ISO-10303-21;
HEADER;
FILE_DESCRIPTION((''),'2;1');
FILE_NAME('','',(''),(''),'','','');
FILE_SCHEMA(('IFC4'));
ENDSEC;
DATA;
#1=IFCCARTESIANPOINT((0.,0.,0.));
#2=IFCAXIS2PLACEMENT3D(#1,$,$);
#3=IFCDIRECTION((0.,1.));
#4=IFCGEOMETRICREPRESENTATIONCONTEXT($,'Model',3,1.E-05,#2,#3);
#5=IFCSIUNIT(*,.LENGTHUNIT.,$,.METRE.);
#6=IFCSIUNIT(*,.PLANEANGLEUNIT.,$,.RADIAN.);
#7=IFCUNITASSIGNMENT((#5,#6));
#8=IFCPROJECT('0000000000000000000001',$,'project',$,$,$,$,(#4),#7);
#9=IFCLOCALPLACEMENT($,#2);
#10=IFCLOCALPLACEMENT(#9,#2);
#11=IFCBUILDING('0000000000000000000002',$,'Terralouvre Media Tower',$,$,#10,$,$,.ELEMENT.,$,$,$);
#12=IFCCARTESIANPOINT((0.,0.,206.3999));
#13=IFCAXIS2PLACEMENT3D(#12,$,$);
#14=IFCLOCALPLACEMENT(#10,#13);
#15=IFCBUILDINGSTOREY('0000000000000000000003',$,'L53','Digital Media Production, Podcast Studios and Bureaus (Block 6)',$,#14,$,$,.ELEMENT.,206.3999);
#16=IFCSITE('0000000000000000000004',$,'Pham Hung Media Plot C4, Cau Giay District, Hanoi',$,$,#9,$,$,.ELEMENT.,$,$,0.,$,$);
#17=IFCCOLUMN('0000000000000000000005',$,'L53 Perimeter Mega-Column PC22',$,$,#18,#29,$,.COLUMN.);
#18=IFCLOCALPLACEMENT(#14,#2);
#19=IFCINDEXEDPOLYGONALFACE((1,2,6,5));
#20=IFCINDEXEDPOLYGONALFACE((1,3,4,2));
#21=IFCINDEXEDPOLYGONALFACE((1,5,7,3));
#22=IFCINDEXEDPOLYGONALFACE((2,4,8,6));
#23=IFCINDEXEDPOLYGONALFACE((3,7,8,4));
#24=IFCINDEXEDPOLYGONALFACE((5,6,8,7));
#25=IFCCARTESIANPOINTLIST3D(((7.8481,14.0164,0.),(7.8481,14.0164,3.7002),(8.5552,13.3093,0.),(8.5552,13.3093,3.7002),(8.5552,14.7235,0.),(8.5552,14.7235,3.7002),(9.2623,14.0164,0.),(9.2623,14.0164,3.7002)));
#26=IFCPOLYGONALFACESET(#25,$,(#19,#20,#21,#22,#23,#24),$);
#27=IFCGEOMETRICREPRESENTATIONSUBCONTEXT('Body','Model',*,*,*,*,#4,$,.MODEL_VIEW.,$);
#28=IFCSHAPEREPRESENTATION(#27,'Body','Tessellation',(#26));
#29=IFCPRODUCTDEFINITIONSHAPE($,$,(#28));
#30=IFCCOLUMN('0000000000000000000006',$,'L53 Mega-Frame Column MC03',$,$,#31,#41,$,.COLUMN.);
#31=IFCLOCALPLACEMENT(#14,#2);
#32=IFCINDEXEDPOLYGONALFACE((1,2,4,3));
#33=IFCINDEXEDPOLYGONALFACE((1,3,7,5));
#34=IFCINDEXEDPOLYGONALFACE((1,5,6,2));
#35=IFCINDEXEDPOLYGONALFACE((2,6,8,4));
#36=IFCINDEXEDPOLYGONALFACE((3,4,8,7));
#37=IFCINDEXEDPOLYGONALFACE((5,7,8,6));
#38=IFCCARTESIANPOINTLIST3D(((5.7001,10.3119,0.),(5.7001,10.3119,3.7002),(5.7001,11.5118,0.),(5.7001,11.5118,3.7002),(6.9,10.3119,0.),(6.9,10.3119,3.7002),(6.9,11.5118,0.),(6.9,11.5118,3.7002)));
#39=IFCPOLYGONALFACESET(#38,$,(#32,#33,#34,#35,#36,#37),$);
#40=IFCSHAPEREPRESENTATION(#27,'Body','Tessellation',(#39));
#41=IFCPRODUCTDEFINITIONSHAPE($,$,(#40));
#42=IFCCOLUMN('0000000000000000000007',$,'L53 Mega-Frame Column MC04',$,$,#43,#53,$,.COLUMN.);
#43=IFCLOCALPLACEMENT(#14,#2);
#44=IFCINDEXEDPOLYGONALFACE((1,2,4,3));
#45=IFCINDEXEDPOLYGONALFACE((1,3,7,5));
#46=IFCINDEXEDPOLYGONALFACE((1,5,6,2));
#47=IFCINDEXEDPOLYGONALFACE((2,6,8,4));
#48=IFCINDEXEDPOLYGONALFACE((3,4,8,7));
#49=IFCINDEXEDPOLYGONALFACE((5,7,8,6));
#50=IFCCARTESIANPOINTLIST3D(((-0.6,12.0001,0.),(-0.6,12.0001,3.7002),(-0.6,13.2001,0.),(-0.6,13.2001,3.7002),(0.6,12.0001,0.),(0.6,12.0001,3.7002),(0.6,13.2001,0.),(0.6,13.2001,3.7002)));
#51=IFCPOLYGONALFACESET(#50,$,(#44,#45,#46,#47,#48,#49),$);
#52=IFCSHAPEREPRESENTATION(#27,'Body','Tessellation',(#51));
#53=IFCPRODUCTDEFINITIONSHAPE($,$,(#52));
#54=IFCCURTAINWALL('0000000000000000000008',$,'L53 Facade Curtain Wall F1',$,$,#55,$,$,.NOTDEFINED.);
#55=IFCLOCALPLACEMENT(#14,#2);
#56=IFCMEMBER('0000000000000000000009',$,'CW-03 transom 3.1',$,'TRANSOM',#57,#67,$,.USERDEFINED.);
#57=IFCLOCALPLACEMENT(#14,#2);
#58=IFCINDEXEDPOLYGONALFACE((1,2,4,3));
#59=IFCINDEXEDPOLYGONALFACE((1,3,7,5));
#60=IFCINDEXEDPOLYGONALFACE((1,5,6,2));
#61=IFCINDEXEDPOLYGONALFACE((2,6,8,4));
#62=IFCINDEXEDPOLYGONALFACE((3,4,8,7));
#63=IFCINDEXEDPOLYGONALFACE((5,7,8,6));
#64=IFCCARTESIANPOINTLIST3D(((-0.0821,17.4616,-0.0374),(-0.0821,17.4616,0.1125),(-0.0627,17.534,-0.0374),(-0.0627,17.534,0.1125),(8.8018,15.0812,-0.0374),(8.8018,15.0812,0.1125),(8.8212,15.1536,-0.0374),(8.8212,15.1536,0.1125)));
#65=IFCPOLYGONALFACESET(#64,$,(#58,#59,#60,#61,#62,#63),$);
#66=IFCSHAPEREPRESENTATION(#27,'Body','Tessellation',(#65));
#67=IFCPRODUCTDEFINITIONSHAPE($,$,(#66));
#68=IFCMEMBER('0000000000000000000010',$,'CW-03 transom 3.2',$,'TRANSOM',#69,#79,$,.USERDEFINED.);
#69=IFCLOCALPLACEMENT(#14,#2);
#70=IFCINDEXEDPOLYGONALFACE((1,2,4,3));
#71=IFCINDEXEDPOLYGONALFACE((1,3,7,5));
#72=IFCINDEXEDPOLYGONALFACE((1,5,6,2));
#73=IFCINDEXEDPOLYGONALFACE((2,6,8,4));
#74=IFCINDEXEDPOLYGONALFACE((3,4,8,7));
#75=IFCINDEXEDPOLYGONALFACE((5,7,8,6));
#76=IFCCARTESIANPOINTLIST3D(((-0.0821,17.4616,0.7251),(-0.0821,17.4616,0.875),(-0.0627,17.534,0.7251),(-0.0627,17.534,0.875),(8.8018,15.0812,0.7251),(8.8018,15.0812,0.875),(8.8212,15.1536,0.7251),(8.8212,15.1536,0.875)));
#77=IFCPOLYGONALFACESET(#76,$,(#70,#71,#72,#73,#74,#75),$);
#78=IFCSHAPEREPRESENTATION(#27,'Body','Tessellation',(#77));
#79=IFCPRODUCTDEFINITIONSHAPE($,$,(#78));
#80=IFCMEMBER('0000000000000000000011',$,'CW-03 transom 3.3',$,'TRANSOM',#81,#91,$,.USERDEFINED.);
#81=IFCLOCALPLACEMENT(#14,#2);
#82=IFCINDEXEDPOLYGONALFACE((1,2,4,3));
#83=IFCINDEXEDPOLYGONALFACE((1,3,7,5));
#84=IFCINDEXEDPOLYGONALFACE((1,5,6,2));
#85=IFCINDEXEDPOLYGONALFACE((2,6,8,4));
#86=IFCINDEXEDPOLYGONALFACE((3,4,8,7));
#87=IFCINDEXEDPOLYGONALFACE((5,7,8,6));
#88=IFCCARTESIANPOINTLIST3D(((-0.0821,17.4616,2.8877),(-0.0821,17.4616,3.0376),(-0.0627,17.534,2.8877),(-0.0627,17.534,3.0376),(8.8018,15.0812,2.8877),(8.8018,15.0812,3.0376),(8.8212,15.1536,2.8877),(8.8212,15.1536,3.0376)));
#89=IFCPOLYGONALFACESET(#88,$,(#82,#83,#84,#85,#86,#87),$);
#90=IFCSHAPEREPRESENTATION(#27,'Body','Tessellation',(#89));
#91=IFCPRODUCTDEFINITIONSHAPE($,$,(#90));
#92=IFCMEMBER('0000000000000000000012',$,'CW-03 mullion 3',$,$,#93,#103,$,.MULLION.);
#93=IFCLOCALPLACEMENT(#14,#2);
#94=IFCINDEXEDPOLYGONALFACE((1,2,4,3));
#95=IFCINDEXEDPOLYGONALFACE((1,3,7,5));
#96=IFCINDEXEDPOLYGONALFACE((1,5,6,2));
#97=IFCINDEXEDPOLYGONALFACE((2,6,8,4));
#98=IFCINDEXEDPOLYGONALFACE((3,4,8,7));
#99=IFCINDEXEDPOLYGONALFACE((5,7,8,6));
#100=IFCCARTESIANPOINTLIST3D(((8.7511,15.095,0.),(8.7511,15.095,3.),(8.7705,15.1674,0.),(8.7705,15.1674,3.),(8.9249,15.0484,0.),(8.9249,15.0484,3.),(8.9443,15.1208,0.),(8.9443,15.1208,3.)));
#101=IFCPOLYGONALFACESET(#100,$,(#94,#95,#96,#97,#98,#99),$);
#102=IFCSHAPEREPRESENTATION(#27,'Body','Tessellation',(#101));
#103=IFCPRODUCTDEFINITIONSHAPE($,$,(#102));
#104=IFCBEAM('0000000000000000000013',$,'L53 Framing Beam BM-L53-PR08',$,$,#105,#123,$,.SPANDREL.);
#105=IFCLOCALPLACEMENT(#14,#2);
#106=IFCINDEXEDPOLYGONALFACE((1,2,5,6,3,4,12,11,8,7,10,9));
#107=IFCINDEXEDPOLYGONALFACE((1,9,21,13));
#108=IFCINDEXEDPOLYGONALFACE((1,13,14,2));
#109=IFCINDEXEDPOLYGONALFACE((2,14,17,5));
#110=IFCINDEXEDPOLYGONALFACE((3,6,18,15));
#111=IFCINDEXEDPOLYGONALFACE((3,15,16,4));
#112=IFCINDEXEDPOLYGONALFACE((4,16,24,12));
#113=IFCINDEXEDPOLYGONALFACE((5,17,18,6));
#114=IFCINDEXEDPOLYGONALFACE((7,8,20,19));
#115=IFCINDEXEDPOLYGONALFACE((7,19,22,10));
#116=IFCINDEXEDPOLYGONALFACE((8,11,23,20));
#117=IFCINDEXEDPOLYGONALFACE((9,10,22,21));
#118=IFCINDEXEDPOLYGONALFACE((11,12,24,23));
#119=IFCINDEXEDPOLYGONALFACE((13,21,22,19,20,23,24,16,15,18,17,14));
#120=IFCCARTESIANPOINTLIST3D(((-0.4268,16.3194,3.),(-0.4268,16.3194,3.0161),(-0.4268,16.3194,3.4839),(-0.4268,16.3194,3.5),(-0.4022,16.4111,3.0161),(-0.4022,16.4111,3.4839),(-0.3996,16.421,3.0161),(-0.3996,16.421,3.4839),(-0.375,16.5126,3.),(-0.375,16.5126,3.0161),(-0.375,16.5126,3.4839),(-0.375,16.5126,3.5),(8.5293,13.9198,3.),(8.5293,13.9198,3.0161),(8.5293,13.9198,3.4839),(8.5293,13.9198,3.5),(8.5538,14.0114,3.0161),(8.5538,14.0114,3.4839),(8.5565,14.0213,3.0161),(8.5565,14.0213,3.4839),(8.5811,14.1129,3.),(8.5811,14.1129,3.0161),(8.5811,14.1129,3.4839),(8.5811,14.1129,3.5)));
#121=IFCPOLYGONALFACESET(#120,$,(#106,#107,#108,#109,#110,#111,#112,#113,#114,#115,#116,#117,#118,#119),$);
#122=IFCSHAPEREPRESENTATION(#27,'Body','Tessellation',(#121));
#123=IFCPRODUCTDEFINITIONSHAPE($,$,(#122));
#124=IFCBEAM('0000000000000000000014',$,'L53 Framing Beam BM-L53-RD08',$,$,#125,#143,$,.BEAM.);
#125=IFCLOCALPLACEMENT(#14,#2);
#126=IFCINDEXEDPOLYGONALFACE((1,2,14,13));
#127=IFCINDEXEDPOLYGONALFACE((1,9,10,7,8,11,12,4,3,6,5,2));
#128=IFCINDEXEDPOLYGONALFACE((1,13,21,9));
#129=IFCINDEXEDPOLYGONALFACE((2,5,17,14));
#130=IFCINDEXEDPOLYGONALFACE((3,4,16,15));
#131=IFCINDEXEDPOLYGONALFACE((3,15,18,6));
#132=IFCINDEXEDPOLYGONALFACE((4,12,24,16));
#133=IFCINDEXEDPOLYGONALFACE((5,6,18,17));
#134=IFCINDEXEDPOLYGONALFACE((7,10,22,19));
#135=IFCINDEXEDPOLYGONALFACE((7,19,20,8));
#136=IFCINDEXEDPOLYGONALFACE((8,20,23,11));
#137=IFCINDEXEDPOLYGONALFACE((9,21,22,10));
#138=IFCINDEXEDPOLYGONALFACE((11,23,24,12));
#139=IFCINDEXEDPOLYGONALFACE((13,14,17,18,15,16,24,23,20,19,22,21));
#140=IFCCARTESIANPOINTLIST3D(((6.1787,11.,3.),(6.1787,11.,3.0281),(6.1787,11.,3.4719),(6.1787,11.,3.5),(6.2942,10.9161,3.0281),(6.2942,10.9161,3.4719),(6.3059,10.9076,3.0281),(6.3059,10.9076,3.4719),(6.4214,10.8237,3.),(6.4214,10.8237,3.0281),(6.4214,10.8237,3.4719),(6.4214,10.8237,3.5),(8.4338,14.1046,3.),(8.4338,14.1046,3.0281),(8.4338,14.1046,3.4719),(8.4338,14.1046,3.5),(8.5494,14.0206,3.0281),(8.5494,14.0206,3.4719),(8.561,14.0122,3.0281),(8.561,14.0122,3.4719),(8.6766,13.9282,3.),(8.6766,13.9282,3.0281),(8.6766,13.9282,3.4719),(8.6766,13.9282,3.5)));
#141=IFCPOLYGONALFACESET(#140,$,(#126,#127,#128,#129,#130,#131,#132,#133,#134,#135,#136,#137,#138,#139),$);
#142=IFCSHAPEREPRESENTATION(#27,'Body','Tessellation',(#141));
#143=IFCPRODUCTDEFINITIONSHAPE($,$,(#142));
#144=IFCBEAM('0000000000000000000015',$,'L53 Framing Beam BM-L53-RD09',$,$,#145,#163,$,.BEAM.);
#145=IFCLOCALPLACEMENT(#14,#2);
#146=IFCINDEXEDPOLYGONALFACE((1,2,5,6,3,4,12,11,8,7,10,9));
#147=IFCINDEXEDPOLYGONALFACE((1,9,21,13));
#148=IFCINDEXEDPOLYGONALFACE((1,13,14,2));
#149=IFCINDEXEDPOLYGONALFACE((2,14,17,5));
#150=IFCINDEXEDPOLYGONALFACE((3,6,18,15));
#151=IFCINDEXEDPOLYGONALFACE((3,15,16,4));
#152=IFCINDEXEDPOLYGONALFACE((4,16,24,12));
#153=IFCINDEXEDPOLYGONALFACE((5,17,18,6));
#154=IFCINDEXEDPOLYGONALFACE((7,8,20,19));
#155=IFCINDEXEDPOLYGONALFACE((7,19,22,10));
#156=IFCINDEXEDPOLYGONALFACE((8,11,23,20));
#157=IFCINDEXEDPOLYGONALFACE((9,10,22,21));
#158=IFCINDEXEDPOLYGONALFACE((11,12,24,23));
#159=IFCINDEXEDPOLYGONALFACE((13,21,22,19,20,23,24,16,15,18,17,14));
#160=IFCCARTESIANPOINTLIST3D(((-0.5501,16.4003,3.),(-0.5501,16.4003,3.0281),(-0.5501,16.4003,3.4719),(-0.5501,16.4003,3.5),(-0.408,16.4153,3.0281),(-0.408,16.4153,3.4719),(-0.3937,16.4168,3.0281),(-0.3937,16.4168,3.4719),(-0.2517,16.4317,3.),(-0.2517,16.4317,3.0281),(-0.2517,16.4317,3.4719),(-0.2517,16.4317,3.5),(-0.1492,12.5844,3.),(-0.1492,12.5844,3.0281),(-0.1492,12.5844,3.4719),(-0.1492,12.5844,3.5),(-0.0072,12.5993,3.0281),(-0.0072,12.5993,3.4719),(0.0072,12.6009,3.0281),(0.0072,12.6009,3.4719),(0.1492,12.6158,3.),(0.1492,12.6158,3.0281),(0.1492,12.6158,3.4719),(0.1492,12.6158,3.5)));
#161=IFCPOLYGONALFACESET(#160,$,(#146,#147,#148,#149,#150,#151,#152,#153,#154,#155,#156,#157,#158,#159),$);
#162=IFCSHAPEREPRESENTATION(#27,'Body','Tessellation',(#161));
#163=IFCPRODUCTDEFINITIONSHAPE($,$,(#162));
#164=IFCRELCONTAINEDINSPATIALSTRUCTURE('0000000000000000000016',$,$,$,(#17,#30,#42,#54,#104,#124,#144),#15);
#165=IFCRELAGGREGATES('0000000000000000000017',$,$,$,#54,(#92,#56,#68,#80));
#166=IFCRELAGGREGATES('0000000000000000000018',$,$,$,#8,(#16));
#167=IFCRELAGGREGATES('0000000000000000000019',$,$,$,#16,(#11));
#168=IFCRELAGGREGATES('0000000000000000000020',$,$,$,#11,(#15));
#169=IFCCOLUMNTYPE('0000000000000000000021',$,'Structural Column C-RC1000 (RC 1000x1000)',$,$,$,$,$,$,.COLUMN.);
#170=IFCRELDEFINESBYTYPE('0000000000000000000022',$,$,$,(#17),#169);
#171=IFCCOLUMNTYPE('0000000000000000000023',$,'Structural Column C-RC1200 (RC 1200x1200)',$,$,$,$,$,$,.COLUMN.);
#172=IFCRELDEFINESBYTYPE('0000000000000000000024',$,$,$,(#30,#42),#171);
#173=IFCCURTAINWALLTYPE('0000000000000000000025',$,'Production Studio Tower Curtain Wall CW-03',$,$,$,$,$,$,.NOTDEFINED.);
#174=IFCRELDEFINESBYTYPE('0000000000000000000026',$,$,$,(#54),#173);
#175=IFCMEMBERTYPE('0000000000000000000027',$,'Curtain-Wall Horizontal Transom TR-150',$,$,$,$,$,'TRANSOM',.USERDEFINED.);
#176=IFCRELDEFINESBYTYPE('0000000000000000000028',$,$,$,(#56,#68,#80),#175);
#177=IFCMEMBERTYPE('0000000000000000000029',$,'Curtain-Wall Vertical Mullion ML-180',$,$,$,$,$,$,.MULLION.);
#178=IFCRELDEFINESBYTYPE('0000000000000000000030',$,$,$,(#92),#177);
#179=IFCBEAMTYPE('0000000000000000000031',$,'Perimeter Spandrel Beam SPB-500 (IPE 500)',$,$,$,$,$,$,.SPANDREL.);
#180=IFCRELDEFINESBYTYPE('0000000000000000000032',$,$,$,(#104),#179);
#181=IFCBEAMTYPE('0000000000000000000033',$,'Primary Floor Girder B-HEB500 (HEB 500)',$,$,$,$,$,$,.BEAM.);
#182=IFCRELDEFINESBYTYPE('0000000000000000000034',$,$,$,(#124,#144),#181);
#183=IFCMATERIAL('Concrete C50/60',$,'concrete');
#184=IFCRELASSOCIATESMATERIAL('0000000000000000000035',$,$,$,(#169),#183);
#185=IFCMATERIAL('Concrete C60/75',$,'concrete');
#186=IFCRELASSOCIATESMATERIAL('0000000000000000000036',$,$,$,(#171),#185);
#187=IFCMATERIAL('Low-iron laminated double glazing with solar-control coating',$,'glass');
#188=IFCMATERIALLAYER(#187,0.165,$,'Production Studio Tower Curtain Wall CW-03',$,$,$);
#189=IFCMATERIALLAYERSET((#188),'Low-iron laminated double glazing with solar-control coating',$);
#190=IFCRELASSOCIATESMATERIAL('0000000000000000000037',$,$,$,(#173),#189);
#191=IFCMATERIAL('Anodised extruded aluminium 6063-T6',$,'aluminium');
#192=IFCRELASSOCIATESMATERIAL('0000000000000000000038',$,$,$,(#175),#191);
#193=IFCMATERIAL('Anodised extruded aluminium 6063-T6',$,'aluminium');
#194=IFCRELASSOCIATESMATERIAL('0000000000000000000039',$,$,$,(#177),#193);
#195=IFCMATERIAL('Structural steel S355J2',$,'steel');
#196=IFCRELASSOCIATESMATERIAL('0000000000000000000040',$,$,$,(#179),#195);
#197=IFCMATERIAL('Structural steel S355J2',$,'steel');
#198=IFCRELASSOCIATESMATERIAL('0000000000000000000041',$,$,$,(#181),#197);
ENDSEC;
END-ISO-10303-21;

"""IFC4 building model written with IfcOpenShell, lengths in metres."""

from ifc_helpers import new_model, si_unit, direction, frame, origin, origin_2d, place, context, subcontext, project, spatial, rectangle, i_section, extrude, material, layer, layer_set, material_profile, profile_set, type_object, element, aggregate, save


model = new_model("IFC4")

# Units and contexts
model_context = context("Model", 3, precision=1e-05, world=origin(), true_north=direction((0.0, 1.0)))
body_context = subcontext(model_context, "Body", "Model", "MODEL_VIEW")
ifc_project = project(units=[si_unit("LENGTHUNIT", "METRE"), si_unit("PLANEANGLEUNIT", "RADIAN")], contexts=[model_context])

# Site, building, storey
site_placement = place(None, origin())
site = spatial("IfcSite", under=ifc_project, at=site_placement, Name="Pham Hung Media Plot C4, Cau Giay District, Hanoi", CompositionType="ELEMENT", RefElevation=0.0)
building_placement = place(site_placement, origin())
building = spatial("IfcBuilding", under=site, at=building_placement, Name="Terralouvre Media Tower", CompositionType="ELEMENT")
storey_placement = place(building_placement, frame((0.0, 0.0, 206.3999)))
storey = spatial("IfcBuildingStorey", under=building, at=storey_placement, Name="L53", Description="Digital Media Production, Podcast Studios and Bureaus (Block 6)", CompositionType="ELEMENT", Elevation=206.3999)

# Columns
ifc_material_1 = material(Name="Concrete C50/60", Category="concrete")
ifc_material_profile_1 = material_profile(ifc_material_1, rectangle(XDim=1.0, YDim=1.0, at=origin_2d()), Name="RC 1000x1000")
ifc_profile_set_1 = profile_set([ifc_material_profile_1], Name="Concrete C50/60")
column_type_1 = type_object("IfcColumnType", Name="Structural Column C-RC1000 (RC 1000x1000)", PredefinedType="COLUMN", material=ifc_profile_set_1)
column_placement = place(storey_placement, frame((8.5552, 14.0164, 0.0), z_axis=(0.0, 0.0, 1.0), x_axis=(0.707107, 0.707107, 0.0)))
element("IfcColumn", 1, at=column_placement, inside=storey, type_object=column_type_1, Name="L53 Perimeter Mega-Column PC22", PredefinedType="COLUMN", context=body_context, shape_type="SweptSolid", body=[
    extrude(rectangle(XDim=1.0, YDim=1.0, at=origin_2d()), origin(), (0.0, 0.0, 1.0), 3.7002),
])
ifc_material_2 = material(Name="Concrete C60/75", Category="concrete")
ifc_material_profile_2 = material_profile(ifc_material_2, rectangle(XDim=1.2, YDim=1.2, at=origin_2d()), Name="RC 1200x1200")
ifc_profile_set_2 = profile_set([ifc_material_profile_2], Name="Concrete C60/75")
column_type_2 = type_object("IfcColumnType", Name="Structural Column C-RC1200 (RC 1200x1200)", PredefinedType="COLUMN", material=ifc_profile_set_2)
for number, where, z_axis, x_axis, name in (
    (2, (6.3, 10.9119, 0.0), (0.0, 0.0, 1.0), (1.0, 0.0, 0.0), "L53 Mega-Frame Column MC03"),
    (3, (0.0, 12.6001, 0.0), (0.0, 0.0, 1.0), (1.0, 0.0, 0.0), "L53 Mega-Frame Column MC04"),
):
    element("IfcColumn", number, at=place(storey_placement, frame(where, z_axis=z_axis, x_axis=x_axis)), inside=storey, type_object=column_type_2, Name=name, PredefinedType="COLUMN", context=body_context, shape_type="SweptSolid", body=[
        extrude(rectangle(XDim=1.2, YDim=1.2, at=origin_2d()), origin(), (0.0, 0.0, 1.0), 3.7002),
    ])

# Curtain wall, members
ifc_material_3 = material(Name="Low-iron laminated double glazing with solar-control coating", Category="glass")
ifc_layer_1 = layer(ifc_material_3, 0.165, Name="Production Studio Tower Curtain Wall CW-03")
ifc_layer_set_1 = layer_set([ifc_layer_1], Name="Low-iron laminated double glazing with solar-control coating")
curtain_wall_type = type_object("IfcCurtainWallType", Name="Production Studio Tower Curtain Wall CW-03", PredefinedType="NOTDEFINED", material=ifc_layer_set_1)
curtain_wall_placement = place(storey_placement, origin())
curtain_wall = element("IfcCurtainWall", 4, at=curtain_wall_placement, inside=storey, type_object=curtain_wall_type, Name="L53 Facade Curtain Wall F1", PredefinedType="NOTDEFINED")
ifc_material_4 = material(Name="Anodised extruded aluminium 6063-T6", Category="aluminium")
ifc_material_profile_3 = material_profile(ifc_material_4, rectangle(XDim=0.075, YDim=0.1499, at=origin_2d()), Name="ALU 75x150")
ifc_profile_set_3 = profile_set([ifc_material_profile_3], Name="Anodised extruded aluminium 6063-T6")
member_type_1 = type_object("IfcMemberType", Name="Curtain-Wall Horizontal Transom TR-150", ElementType="TRANSOM", PredefinedType="USERDEFINED", material=ifc_profile_set_3)
member_1_placement = place(storey_placement, frame((8.8115, 15.1174, 0.0376), z_axis=(-0.965927, 0.258816, 0.0), x_axis=(-0.258816, -0.965927, 0.0)))
member_1 = element("IfcMember", 5, at=member_1_placement, type_object=member_type_1, Name="CW-03 transom 3.1", ObjectType="TRANSOM", PredefinedType="USERDEFINED", context=body_context, shape_type="SweptSolid", body=[
    extrude(rectangle(XDim=0.075, YDim=0.1499, at=origin_2d()), origin(), (0.0, 0.0, 1.0), 9.1973),
])
member_2_placement = place(storey_placement, frame((8.8115, 15.1174, 0.8), z_axis=(-0.965927, 0.258816, 0.0), x_axis=(-0.258816, -0.965927, 0.0)))
member_2 = element("IfcMember", 6, at=member_2_placement, type_object=member_type_1, Name="CW-03 transom 3.2", ObjectType="TRANSOM", PredefinedType="USERDEFINED", context=body_context, shape_type="SweptSolid", body=[
    extrude(rectangle(XDim=0.075, YDim=0.1499, at=origin_2d()), origin(), (0.0, 0.0, 1.0), 9.1973),
])
member_3_placement = place(storey_placement, frame((8.8115, 15.1174, 2.9626), z_axis=(-0.965927, 0.258816, 0.0), x_axis=(-0.258816, -0.965927, 0.0)))
member_3 = element("IfcMember", 7, at=member_3_placement, type_object=member_type_1, Name="CW-03 transom 3.3", ObjectType="TRANSOM", PredefinedType="USERDEFINED", context=body_context, shape_type="SweptSolid", body=[
    extrude(rectangle(XDim=0.075, YDim=0.1499, at=origin_2d()), origin(), (0.0, 0.0, 1.0), 9.1973),
])
ifc_material_5 = material(Name="Anodised extruded aluminium 6063-T6", Category="aluminium")
ifc_material_profile_4 = material_profile(ifc_material_5, rectangle(XDim=0.075, YDim=0.1799, at=origin_2d()), Name="ALU 75x180")
ifc_profile_set_4 = profile_set([ifc_material_profile_4], Name="Anodised extruded aluminium 6063-T6")
member_type_2 = type_object("IfcMemberType", Name="Curtain-Wall Vertical Mullion ML-180", PredefinedType="MULLION", material=ifc_profile_set_4)
member_4_placement = place(storey_placement, frame((8.8477, 15.1079, 0.0), z_axis=(0.0, 0.0, 1.0), x_axis=(-0.258819, -0.965926, 0.0)))
member_4 = element("IfcMember", 8, at=member_4_placement, type_object=member_type_2, Name="CW-03 mullion 3", PredefinedType="MULLION", context=body_context, shape_type="SweptSolid", body=[
    extrude(rectangle(XDim=0.075, YDim=0.1799, at=origin_2d()), origin(), (0.0, 0.0, 1.0), 3.0),
])

# Beams
ifc_material_6 = material(Name="Structural steel S355J2", Category="steel")
ifc_material_profile_5 = material_profile(ifc_material_6, i_section(OverallWidth=0.2, OverallDepth=0.5, WebThickness=0.0103, FlangeThickness=0.0161, at=origin_2d()), Name="IPE 500")
ifc_profile_set_5 = profile_set([ifc_material_profile_5], Name="Structural steel S355J2")
beam_type_1 = type_object("IfcBeamType", Name="Perimeter Spandrel Beam SPB-500 (IPE 500)", PredefinedType="SPANDREL", material=ifc_profile_set_5)
beam_1_placement = place(storey_placement, frame((8.5552, 14.0164, 3.25), z_axis=(-0.965929, 0.258808, 0.0), x_axis=(-0.258808, -0.965929, 0.0)))
element("IfcBeam", 9, at=beam_1_placement, inside=storey, type_object=beam_type_1, Name="L53 Framing Beam BM-L53-PR08", PredefinedType="SPANDREL", context=body_context, shape_type="SweptSolid", body=[
    extrude(i_section(OverallWidth=0.2, OverallDepth=0.5, WebThickness=0.0103, FlangeThickness=0.0161, at=origin_2d()), origin(), (0.0, 0.0, 1.0), 9.272),
])
ifc_material_7 = material(Name="Structural steel S355J2", Category="steel")
ifc_material_profile_6 = material_profile(ifc_material_7, i_section(OverallWidth=0.3, OverallDepth=0.5, WebThickness=0.0144, FlangeThickness=0.0281, at=origin_2d()), Name="HEB 500")
ifc_profile_set_6 = profile_set([ifc_material_profile_6], Name="Structural steel S355J2")
beam_type_2 = type_object("IfcBeamType", Name="Primary Floor Girder B-HEB500 (HEB 500)", PredefinedType="BEAM", material=ifc_profile_set_6)
beam_2_placement = place(storey_placement, frame((6.3, 10.9119, 3.25), z_axis=(0.587714, 0.809069, 0.0), x_axis=(-0.809069, 0.587714, 0.0)))
element("IfcBeam", 10, at=beam_2_placement, inside=storey, type_object=beam_type_2, Name="L53 Framing Beam BM-L53-RD08", PredefinedType="BEAM", context=body_context, shape_type="SweptSolid", body=[
    extrude(i_section(OverallWidth=0.3, OverallDepth=0.5, WebThickness=0.0144, FlangeThickness=0.0281, at=origin_2d()), origin(), (0.0, 0.0, 1.0), 3.8372),
])
beam_3_placement = place(storey_placement, frame((0.0, 12.6001, 3.25), z_axis=(-0.104479, 0.994527, 0.0), x_axis=(-0.994527, -0.104479, 0.0)))
element("IfcBeam", 11, at=beam_3_placement, inside=storey, type_object=beam_type_2, Name="L53 Framing Beam BM-L53-RD09", PredefinedType="BEAM", context=body_context, shape_type="SweptSolid", body=[
    extrude(i_section(OverallWidth=0.3, OverallDepth=0.5, WebThickness=0.0144, FlangeThickness=0.0281, at=origin_2d()), origin(), (0.0, 0.0, 1.0), 3.8369),
])

aggregate(curtain_wall, [member_4, member_1, member_2, member_3])

save(model, "model.ifc")
